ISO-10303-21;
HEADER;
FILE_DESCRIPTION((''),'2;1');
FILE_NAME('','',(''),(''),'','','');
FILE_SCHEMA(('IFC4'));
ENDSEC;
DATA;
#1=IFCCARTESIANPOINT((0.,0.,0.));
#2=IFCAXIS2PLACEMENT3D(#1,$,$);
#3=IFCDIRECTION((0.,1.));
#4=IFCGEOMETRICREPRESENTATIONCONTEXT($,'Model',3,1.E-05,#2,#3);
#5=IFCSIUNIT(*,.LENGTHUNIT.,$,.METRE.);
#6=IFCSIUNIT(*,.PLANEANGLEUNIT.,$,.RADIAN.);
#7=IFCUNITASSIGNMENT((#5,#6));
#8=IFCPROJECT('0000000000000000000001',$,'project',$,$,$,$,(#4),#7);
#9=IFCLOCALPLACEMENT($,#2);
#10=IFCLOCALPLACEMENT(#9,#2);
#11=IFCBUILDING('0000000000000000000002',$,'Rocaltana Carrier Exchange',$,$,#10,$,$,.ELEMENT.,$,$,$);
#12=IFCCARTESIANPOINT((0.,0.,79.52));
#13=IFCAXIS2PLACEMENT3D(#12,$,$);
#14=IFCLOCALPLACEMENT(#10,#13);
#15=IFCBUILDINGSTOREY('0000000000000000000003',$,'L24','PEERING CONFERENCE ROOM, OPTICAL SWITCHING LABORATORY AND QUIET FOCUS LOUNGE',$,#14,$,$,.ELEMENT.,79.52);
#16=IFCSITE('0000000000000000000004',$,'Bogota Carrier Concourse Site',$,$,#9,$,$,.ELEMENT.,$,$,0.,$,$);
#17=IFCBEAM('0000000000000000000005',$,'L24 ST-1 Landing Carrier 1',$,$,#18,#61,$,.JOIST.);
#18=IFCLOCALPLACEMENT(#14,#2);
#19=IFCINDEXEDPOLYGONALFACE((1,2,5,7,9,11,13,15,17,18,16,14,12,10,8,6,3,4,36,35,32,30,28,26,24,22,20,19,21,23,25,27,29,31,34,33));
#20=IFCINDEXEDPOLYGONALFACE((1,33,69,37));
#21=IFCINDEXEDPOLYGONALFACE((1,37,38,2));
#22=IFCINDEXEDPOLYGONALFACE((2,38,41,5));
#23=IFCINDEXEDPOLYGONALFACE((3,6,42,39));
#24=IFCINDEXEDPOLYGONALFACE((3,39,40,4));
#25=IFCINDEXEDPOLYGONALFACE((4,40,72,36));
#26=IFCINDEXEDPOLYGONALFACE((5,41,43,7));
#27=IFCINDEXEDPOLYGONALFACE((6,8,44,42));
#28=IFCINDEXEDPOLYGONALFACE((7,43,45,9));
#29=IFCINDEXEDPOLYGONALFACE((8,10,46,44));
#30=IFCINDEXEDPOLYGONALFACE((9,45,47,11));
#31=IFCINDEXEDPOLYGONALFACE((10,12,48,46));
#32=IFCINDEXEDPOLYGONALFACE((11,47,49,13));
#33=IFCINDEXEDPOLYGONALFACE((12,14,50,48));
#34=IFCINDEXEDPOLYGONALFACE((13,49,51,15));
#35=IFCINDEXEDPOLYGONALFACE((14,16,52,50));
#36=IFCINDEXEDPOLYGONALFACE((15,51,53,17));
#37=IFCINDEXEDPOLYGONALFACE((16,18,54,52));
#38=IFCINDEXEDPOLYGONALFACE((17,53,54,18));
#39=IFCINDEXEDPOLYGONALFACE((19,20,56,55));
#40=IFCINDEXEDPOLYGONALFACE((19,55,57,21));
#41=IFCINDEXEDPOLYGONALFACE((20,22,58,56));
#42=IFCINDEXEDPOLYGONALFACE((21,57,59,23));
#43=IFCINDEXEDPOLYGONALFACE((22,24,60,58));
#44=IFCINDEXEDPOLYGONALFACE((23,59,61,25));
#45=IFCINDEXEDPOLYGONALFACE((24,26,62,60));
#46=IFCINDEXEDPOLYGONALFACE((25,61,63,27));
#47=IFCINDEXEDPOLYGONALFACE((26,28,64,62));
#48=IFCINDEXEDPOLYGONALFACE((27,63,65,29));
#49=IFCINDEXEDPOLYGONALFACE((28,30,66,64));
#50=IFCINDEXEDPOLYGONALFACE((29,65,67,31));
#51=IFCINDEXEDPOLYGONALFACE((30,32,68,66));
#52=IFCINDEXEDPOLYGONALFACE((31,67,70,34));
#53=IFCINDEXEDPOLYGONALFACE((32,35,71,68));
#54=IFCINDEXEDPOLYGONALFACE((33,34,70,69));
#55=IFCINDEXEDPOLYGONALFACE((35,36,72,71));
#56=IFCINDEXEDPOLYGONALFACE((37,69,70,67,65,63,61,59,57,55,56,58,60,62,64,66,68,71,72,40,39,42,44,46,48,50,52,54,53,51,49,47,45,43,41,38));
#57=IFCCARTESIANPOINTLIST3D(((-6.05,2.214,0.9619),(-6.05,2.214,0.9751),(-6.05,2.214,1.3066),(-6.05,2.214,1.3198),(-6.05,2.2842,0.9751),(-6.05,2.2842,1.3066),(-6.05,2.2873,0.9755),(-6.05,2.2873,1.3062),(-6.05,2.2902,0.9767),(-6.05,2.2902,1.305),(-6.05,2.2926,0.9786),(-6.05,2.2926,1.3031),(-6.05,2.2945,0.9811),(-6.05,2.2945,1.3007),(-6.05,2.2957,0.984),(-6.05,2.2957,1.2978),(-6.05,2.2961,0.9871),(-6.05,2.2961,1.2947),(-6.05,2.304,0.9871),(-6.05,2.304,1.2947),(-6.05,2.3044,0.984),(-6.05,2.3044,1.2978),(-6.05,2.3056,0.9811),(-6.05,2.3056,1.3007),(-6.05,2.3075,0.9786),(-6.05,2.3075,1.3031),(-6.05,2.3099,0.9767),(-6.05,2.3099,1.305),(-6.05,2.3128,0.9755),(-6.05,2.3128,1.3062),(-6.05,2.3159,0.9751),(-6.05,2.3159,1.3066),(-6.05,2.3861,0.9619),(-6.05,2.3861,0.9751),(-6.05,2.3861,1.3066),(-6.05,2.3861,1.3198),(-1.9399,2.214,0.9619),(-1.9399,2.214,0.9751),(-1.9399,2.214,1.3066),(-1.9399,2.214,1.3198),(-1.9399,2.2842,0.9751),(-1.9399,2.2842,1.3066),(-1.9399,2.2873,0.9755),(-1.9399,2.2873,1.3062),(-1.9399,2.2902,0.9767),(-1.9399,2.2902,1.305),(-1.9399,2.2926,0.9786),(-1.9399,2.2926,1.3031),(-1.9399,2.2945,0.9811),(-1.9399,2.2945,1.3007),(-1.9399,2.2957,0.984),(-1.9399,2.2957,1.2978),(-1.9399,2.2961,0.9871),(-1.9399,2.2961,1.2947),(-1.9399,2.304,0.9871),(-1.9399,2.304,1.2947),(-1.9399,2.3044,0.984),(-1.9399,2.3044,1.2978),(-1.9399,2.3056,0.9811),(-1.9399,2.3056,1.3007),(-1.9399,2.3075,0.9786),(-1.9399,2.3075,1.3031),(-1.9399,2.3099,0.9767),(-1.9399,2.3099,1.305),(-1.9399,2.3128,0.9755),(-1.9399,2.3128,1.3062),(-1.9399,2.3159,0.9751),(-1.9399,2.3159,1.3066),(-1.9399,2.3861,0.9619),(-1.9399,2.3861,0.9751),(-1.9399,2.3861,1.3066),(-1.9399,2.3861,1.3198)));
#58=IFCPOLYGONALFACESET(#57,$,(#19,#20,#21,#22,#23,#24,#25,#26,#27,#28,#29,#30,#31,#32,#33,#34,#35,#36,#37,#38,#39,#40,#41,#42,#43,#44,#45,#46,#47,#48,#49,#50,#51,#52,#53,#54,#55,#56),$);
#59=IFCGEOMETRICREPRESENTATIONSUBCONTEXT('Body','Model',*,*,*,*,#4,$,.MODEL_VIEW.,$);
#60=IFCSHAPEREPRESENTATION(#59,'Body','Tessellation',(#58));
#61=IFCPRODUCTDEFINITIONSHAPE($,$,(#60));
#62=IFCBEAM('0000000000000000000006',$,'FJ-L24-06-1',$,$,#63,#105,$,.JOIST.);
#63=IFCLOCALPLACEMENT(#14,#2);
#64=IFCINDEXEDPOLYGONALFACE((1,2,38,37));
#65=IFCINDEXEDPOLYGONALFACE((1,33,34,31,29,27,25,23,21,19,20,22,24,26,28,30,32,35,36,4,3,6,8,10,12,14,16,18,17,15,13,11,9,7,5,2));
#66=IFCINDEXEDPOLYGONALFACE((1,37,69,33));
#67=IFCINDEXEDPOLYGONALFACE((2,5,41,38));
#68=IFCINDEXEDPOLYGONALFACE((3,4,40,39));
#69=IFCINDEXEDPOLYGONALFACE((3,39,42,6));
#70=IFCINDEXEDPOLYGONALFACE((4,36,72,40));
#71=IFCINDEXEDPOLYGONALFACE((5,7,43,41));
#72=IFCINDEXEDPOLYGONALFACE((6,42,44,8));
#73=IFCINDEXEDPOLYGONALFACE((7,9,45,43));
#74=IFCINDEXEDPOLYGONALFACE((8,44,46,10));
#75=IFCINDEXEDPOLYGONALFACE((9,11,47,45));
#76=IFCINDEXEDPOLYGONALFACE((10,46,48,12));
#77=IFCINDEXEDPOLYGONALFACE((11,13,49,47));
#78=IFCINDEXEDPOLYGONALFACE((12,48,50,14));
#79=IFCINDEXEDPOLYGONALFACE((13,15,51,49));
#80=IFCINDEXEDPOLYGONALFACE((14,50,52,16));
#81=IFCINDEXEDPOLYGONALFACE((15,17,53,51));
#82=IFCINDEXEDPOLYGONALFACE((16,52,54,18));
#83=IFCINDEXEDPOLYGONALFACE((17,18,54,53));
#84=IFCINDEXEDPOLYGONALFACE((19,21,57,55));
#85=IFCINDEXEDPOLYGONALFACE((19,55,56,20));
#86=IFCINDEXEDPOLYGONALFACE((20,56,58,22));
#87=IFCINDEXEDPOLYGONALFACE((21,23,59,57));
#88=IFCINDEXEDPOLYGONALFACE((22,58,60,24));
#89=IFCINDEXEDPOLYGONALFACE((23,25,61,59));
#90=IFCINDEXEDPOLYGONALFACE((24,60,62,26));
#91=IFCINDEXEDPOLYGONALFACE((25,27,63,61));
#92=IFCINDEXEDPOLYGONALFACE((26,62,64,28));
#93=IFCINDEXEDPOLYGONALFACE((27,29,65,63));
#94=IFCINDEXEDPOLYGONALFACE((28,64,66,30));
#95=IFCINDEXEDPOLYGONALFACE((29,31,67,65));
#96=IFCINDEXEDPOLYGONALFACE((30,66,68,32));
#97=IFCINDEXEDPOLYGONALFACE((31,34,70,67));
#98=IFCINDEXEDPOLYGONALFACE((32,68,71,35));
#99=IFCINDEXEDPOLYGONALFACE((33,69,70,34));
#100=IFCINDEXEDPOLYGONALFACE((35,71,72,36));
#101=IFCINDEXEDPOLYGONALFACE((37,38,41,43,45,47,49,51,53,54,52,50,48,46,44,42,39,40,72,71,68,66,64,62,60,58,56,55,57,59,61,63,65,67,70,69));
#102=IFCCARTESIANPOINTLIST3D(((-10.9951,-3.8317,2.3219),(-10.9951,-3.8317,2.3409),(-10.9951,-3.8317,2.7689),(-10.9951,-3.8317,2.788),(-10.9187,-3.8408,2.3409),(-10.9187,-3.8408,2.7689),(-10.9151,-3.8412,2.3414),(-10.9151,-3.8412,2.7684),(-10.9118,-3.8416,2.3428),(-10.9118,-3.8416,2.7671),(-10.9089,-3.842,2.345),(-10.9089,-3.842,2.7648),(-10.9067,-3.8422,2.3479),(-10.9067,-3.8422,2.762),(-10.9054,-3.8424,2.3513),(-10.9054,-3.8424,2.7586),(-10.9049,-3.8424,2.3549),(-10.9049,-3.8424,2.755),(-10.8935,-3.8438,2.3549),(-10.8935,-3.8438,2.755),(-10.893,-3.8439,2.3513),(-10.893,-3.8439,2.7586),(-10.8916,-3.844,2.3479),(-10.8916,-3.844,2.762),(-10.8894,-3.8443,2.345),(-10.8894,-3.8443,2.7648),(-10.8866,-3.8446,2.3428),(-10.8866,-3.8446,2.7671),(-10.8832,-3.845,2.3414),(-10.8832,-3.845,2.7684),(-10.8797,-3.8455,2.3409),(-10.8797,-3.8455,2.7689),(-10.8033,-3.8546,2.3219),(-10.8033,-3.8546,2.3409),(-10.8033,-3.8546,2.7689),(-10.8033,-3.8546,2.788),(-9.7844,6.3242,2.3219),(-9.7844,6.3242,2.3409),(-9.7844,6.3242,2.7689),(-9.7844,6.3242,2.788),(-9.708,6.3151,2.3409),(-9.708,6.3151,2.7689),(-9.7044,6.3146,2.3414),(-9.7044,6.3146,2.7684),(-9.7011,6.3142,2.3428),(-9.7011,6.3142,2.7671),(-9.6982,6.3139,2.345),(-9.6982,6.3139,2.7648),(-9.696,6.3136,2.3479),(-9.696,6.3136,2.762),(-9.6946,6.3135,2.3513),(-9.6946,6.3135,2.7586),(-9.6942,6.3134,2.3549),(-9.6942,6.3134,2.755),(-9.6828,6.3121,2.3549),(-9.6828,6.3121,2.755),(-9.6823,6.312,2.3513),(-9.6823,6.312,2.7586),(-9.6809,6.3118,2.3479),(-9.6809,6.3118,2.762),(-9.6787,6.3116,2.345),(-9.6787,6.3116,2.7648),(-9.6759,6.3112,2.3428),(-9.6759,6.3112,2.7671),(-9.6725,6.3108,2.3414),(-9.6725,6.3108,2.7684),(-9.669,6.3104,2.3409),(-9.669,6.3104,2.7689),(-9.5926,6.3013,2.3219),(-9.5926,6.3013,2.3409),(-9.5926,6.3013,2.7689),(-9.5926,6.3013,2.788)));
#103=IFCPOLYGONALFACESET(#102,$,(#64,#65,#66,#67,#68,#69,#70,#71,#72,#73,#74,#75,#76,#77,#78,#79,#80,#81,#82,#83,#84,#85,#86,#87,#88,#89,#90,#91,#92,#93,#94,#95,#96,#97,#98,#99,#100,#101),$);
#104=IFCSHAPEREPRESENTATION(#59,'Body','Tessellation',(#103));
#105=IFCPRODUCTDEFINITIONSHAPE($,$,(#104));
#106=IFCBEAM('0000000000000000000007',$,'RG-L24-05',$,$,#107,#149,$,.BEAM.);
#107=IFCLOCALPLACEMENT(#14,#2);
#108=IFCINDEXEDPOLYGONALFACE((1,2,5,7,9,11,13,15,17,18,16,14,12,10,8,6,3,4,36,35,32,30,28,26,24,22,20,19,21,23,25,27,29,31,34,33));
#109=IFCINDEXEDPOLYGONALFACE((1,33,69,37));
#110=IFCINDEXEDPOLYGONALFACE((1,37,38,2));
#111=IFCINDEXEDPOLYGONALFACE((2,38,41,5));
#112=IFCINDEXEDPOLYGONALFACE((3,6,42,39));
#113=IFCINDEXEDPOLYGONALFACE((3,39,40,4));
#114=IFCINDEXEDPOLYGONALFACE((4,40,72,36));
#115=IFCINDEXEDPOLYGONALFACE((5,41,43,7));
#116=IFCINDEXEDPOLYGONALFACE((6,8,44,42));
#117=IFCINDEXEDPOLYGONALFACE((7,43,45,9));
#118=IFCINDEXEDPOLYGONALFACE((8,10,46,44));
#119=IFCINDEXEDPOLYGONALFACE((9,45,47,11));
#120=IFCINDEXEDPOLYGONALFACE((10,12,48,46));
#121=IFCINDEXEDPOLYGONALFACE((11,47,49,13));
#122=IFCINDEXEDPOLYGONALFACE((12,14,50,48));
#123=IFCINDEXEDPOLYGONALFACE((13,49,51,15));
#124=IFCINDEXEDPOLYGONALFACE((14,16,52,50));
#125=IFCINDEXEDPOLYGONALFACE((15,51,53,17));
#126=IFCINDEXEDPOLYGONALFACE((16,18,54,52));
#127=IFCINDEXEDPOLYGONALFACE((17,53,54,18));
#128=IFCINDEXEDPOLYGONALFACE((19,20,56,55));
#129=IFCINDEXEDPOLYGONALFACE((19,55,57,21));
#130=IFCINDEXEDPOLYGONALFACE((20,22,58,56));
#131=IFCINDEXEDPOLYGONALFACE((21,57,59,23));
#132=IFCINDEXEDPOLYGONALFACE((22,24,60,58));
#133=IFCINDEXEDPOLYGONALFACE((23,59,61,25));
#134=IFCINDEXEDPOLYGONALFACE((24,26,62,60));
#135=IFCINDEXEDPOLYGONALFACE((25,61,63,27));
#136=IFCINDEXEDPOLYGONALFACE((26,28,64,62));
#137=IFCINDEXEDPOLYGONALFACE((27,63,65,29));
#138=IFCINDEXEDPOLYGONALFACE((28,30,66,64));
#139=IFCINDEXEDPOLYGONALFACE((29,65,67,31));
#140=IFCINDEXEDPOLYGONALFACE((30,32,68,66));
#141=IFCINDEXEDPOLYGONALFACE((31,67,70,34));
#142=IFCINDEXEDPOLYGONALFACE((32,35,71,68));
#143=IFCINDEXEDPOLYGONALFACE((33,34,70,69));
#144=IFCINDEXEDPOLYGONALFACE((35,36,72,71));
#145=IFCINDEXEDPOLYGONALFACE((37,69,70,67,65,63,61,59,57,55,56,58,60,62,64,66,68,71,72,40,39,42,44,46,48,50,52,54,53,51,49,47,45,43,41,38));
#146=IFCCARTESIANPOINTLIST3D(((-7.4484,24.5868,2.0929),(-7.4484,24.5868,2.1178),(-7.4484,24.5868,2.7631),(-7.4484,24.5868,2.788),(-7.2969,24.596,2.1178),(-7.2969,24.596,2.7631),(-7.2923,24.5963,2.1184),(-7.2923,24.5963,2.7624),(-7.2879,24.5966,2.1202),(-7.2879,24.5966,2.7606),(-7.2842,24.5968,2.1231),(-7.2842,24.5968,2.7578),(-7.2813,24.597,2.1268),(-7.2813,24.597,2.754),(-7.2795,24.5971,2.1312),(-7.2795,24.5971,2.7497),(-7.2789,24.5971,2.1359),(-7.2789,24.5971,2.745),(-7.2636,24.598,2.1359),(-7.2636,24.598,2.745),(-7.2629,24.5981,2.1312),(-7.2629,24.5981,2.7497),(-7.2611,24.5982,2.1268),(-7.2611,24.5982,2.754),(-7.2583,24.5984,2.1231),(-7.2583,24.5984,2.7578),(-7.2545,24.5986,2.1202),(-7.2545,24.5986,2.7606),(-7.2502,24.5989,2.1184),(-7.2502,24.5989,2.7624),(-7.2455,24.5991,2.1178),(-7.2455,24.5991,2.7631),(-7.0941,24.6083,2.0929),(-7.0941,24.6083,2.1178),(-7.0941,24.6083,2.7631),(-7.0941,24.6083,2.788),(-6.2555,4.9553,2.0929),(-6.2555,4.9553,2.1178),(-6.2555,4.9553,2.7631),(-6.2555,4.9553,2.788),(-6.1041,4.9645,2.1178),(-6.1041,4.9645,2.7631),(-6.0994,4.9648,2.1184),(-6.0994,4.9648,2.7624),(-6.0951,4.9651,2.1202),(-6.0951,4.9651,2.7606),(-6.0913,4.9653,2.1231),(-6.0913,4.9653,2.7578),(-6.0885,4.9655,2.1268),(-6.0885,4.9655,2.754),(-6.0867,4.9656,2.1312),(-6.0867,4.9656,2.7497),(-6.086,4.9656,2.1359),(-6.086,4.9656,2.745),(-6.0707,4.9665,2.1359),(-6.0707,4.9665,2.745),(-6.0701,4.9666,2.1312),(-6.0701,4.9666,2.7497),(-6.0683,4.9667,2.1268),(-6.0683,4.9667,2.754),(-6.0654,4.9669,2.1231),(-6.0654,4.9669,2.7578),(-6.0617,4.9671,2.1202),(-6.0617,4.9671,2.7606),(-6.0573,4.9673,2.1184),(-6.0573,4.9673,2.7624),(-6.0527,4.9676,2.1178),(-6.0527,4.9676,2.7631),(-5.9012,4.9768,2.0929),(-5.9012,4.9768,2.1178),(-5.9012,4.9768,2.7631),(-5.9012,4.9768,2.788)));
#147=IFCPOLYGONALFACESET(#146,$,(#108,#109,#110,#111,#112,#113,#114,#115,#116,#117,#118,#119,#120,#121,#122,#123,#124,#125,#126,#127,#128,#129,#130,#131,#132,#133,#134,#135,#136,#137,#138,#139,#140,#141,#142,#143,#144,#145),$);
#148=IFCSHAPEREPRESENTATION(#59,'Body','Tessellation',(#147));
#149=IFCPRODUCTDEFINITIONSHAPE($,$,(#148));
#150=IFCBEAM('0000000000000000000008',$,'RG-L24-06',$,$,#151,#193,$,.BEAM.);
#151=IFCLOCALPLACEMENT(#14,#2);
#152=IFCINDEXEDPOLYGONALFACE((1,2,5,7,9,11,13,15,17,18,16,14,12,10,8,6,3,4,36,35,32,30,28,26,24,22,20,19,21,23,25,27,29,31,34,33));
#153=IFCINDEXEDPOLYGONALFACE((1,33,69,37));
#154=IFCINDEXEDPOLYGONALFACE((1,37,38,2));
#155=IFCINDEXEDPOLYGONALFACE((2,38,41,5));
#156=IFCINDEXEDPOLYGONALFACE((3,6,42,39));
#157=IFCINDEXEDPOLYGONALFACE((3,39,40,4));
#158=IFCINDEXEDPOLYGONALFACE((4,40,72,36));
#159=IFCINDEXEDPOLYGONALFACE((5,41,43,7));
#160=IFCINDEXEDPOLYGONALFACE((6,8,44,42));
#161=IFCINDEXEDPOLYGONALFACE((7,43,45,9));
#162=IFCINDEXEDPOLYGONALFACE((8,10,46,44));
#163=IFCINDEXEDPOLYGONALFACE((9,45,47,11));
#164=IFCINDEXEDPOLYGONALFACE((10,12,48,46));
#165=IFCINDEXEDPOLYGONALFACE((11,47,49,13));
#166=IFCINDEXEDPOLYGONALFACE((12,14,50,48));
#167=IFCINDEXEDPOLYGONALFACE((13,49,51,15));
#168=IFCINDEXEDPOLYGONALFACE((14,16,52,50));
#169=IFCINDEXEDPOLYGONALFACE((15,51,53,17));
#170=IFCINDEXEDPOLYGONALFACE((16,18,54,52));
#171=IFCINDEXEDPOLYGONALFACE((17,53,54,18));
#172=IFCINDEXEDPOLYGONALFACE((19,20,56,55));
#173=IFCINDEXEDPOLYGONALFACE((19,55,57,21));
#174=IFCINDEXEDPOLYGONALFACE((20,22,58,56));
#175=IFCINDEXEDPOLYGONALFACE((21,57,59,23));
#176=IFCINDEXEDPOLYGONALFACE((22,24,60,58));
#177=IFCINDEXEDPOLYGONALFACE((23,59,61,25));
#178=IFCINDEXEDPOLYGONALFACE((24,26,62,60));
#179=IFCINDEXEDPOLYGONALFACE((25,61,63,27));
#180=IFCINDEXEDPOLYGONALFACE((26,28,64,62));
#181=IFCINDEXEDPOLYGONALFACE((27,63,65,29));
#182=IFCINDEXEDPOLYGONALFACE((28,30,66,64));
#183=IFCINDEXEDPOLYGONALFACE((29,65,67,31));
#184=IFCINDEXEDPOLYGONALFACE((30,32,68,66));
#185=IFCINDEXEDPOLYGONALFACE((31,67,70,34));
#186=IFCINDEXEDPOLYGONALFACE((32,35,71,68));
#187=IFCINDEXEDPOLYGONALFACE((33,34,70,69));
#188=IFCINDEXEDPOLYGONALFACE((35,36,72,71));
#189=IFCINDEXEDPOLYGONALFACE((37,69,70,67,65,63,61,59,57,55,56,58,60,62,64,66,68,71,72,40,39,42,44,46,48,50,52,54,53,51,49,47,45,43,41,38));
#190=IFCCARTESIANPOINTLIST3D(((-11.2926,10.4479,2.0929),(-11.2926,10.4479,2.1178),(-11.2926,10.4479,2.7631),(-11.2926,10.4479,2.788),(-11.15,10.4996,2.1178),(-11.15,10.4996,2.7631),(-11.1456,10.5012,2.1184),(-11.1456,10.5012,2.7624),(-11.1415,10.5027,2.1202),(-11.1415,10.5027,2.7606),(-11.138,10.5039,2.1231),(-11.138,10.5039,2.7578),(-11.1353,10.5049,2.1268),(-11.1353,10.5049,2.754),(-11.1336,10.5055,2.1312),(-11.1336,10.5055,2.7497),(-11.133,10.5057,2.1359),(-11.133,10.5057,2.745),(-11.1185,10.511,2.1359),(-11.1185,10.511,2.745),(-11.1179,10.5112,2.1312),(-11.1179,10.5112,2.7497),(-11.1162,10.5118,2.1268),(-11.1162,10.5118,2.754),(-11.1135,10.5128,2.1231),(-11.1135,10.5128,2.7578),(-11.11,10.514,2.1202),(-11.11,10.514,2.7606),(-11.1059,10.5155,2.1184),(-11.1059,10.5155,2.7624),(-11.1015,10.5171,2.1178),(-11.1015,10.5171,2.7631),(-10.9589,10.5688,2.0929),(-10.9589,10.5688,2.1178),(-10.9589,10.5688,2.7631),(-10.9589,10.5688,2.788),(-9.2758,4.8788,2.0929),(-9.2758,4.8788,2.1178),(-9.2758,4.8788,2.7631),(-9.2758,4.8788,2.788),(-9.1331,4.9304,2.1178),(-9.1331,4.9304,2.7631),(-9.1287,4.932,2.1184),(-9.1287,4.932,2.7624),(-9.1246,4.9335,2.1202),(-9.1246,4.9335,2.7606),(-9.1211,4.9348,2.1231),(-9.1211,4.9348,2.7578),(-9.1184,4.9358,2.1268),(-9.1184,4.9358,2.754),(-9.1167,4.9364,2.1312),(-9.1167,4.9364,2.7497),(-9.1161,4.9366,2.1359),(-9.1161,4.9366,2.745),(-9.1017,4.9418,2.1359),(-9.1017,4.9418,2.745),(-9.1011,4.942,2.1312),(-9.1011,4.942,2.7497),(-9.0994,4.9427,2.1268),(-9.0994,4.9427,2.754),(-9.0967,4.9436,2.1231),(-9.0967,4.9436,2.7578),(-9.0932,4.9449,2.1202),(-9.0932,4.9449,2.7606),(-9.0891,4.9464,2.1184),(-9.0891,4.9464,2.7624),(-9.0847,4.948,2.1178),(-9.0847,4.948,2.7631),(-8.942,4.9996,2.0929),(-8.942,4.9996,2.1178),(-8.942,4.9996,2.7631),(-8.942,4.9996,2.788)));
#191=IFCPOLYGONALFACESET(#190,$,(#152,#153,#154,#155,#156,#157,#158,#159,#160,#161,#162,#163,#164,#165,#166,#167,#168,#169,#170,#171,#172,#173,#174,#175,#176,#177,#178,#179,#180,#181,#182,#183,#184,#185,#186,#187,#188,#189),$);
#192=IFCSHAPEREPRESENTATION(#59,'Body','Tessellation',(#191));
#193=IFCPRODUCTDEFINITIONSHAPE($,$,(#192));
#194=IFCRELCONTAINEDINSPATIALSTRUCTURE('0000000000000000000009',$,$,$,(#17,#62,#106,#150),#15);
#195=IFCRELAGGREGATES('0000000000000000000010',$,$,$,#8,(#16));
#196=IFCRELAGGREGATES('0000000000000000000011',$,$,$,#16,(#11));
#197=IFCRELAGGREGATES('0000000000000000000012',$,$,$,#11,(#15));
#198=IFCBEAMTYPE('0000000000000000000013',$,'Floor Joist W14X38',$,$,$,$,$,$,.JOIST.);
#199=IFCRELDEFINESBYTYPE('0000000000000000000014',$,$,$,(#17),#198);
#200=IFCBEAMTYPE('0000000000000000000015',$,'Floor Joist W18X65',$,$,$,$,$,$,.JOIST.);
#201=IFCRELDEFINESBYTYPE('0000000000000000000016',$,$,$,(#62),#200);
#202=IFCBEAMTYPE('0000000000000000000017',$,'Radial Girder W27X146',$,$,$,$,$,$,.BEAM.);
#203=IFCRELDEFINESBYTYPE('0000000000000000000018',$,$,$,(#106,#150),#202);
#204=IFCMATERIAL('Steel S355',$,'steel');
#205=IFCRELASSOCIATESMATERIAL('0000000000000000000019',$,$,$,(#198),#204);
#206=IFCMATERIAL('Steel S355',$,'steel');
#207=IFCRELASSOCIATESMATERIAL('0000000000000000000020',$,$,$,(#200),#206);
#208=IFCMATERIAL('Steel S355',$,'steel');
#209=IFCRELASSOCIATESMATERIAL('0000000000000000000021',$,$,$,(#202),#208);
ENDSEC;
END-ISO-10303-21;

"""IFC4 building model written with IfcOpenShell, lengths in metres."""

from ifc_helpers import new_model, si_unit, direction, frame, origin, origin_2d, place, context, subcontext, project, spatial, i_section, extrude, material, material_profile, profile_set, type_object, element, save


model = new_model("IFC4")

# Units and contexts
model_context = context("Model", 3, precision=1e-05, world=origin(), true_north=direction((0.0, 1.0)))
body_context = subcontext(model_context, "Body", "Model", "MODEL_VIEW")
ifc_project = project(units=[si_unit("LENGTHUNIT", "METRE"), si_unit("PLANEANGLEUNIT", "RADIAN")], contexts=[model_context])

# Site, building, storey
site_placement = place(None, origin())
site = spatial("IfcSite", under=ifc_project, at=site_placement, Name="Bogota Carrier Concourse Site", CompositionType="ELEMENT", RefElevation=0.0)
building_placement = place(site_placement, origin())
building = spatial("IfcBuilding", under=site, at=building_placement, Name="Rocaltana Carrier Exchange", CompositionType="ELEMENT")
storey_placement = place(building_placement, frame((0.0, 0.0, 79.52)))
storey = spatial("IfcBuildingStorey", under=building, at=storey_placement, Name="L24", Description="PEERING CONFERENCE ROOM, OPTICAL SWITCHING LABORATORY AND QUIET FOCUS LOUNGE", CompositionType="ELEMENT", Elevation=79.52)

# Beams
ifc_material_1 = material(Name="Steel S355", Category="steel")
ifc_material_profile_1 = material_profile(ifc_material_1, i_section(OverallWidth=0.1721, OverallDepth=0.3579, WebThickness=0.0078, FlangeThickness=0.0132, FilletRadius=0.012, at=origin_2d()), Name="W14X38")
ifc_profile_set_1 = profile_set([ifc_material_profile_1], Name="Steel S355")
beam_type_1 = type_object("IfcBeamType", Name="Floor Joist W14X38", PredefinedType="JOIST", material=ifc_profile_set_1)
beam_1_placement = place(storey_placement, frame((-6.05, 2.3, 1.1409), z_axis=(1.0, 0.0, 0.0), x_axis=(0.0, 1.0, 0.0)))
element("IfcBeam", 1, at=beam_1_placement, inside=storey, type_object=beam_type_1, Name="L24 ST-1 Landing Carrier 1", PredefinedType="JOIST", context=body_context, shape_type="SweptSolid", body=[
    extrude(i_section(OverallWidth=0.1721, OverallDepth=0.3579, WebThickness=0.0078, FlangeThickness=0.0132, FilletRadius=0.012, at=origin_2d()), origin(), (0.0, 0.0, 1.0), 4.1101),
])
ifc_material_2 = material(Name="Steel S355", Category="steel")
ifc_material_profile_2 = material_profile(ifc_material_2, i_section(OverallWidth=0.1931, OverallDepth=0.4661, WebThickness=0.0115, FlangeThickness=0.019, FilletRadius=0.0139, at=origin_2d()), Name="W18X65")
ifc_profile_set_2 = profile_set([ifc_material_profile_2], Name="Steel S355")
beam_type_2 = type_object("IfcBeamType", Name="Floor Joist W18X65", PredefinedType="JOIST", material=ifc_profile_set_2)
beam_2_placement = place(storey_placement, frame((-9.6885, 6.3127, 2.5549), z_axis=(-0.118374, -0.992969, 0.0), x_axis=(0.992969, -0.118374, 0.0)))
element("IfcBeam", 2, at=beam_2_placement, inside=storey, type_object=beam_type_2, Name="FJ-L24-06-1", PredefinedType="JOIST", context=body_context, shape_type="SweptSolid", body=[
    extrude(i_section(OverallWidth=0.1931, OverallDepth=0.4661, WebThickness=0.0115, FlangeThickness=0.019, FilletRadius=0.0139, at=origin_2d()), origin(), (0.0, 0.0, 1.0), 10.2278),
])
ifc_material_3 = material(Name="Steel S355", Category="steel")
ifc_material_profile_3 = material_profile(ifc_material_3, i_section(OverallWidth=0.355, OverallDepth=0.6951, WebThickness=0.0154, FlangeThickness=0.0249, FilletRadius=0.0181, at=origin_2d()), Name="W27X146")
ifc_profile_set_3 = profile_set([ifc_material_profile_3], Name="Steel S355")
beam_type_3 = type_object("IfcBeamType", Name="Radial Girder W27X146", PredefinedType="BEAM", material=ifc_profile_set_3)
beam_3_placement = place(storey_placement, frame((-6.0784, 4.9661, 2.4404), z_axis=(-0.060651, 0.998159, 0.0), x_axis=(-0.998159, -0.060651, 0.0)))
element("IfcBeam", 3, at=beam_3_placement, inside=storey, type_object=beam_type_3, Name="RG-L24-05", PredefinedType="BEAM", context=body_context, shape_type="SweptSolid", body=[
    extrude(i_section(OverallWidth=0.355, OverallDepth=0.6951, WebThickness=0.0154, FlangeThickness=0.0249, FilletRadius=0.0181, at=origin_2d()), origin(), (0.0, 0.0, 1.0), 19.6677),
])
beam_4_placement = place(storey_placement, frame((-9.1089, 4.9392, 2.4404), z_axis=(-0.340508, 0.940242, 0.0), x_axis=(-0.940242, -0.340508, 0.0)))
element("IfcBeam", 4, at=beam_4_placement, inside=storey, type_object=beam_type_3, Name="RG-L24-06", PredefinedType="BEAM", context=body_context, shape_type="SweptSolid", body=[
    extrude(i_section(OverallWidth=0.355, OverallDepth=0.6951, WebThickness=0.0154, FlangeThickness=0.0249, FilletRadius=0.0181, at=origin_2d()), origin(), (0.0, 0.0, 1.0), 5.9231),
])

save(model, "model.ifc")
